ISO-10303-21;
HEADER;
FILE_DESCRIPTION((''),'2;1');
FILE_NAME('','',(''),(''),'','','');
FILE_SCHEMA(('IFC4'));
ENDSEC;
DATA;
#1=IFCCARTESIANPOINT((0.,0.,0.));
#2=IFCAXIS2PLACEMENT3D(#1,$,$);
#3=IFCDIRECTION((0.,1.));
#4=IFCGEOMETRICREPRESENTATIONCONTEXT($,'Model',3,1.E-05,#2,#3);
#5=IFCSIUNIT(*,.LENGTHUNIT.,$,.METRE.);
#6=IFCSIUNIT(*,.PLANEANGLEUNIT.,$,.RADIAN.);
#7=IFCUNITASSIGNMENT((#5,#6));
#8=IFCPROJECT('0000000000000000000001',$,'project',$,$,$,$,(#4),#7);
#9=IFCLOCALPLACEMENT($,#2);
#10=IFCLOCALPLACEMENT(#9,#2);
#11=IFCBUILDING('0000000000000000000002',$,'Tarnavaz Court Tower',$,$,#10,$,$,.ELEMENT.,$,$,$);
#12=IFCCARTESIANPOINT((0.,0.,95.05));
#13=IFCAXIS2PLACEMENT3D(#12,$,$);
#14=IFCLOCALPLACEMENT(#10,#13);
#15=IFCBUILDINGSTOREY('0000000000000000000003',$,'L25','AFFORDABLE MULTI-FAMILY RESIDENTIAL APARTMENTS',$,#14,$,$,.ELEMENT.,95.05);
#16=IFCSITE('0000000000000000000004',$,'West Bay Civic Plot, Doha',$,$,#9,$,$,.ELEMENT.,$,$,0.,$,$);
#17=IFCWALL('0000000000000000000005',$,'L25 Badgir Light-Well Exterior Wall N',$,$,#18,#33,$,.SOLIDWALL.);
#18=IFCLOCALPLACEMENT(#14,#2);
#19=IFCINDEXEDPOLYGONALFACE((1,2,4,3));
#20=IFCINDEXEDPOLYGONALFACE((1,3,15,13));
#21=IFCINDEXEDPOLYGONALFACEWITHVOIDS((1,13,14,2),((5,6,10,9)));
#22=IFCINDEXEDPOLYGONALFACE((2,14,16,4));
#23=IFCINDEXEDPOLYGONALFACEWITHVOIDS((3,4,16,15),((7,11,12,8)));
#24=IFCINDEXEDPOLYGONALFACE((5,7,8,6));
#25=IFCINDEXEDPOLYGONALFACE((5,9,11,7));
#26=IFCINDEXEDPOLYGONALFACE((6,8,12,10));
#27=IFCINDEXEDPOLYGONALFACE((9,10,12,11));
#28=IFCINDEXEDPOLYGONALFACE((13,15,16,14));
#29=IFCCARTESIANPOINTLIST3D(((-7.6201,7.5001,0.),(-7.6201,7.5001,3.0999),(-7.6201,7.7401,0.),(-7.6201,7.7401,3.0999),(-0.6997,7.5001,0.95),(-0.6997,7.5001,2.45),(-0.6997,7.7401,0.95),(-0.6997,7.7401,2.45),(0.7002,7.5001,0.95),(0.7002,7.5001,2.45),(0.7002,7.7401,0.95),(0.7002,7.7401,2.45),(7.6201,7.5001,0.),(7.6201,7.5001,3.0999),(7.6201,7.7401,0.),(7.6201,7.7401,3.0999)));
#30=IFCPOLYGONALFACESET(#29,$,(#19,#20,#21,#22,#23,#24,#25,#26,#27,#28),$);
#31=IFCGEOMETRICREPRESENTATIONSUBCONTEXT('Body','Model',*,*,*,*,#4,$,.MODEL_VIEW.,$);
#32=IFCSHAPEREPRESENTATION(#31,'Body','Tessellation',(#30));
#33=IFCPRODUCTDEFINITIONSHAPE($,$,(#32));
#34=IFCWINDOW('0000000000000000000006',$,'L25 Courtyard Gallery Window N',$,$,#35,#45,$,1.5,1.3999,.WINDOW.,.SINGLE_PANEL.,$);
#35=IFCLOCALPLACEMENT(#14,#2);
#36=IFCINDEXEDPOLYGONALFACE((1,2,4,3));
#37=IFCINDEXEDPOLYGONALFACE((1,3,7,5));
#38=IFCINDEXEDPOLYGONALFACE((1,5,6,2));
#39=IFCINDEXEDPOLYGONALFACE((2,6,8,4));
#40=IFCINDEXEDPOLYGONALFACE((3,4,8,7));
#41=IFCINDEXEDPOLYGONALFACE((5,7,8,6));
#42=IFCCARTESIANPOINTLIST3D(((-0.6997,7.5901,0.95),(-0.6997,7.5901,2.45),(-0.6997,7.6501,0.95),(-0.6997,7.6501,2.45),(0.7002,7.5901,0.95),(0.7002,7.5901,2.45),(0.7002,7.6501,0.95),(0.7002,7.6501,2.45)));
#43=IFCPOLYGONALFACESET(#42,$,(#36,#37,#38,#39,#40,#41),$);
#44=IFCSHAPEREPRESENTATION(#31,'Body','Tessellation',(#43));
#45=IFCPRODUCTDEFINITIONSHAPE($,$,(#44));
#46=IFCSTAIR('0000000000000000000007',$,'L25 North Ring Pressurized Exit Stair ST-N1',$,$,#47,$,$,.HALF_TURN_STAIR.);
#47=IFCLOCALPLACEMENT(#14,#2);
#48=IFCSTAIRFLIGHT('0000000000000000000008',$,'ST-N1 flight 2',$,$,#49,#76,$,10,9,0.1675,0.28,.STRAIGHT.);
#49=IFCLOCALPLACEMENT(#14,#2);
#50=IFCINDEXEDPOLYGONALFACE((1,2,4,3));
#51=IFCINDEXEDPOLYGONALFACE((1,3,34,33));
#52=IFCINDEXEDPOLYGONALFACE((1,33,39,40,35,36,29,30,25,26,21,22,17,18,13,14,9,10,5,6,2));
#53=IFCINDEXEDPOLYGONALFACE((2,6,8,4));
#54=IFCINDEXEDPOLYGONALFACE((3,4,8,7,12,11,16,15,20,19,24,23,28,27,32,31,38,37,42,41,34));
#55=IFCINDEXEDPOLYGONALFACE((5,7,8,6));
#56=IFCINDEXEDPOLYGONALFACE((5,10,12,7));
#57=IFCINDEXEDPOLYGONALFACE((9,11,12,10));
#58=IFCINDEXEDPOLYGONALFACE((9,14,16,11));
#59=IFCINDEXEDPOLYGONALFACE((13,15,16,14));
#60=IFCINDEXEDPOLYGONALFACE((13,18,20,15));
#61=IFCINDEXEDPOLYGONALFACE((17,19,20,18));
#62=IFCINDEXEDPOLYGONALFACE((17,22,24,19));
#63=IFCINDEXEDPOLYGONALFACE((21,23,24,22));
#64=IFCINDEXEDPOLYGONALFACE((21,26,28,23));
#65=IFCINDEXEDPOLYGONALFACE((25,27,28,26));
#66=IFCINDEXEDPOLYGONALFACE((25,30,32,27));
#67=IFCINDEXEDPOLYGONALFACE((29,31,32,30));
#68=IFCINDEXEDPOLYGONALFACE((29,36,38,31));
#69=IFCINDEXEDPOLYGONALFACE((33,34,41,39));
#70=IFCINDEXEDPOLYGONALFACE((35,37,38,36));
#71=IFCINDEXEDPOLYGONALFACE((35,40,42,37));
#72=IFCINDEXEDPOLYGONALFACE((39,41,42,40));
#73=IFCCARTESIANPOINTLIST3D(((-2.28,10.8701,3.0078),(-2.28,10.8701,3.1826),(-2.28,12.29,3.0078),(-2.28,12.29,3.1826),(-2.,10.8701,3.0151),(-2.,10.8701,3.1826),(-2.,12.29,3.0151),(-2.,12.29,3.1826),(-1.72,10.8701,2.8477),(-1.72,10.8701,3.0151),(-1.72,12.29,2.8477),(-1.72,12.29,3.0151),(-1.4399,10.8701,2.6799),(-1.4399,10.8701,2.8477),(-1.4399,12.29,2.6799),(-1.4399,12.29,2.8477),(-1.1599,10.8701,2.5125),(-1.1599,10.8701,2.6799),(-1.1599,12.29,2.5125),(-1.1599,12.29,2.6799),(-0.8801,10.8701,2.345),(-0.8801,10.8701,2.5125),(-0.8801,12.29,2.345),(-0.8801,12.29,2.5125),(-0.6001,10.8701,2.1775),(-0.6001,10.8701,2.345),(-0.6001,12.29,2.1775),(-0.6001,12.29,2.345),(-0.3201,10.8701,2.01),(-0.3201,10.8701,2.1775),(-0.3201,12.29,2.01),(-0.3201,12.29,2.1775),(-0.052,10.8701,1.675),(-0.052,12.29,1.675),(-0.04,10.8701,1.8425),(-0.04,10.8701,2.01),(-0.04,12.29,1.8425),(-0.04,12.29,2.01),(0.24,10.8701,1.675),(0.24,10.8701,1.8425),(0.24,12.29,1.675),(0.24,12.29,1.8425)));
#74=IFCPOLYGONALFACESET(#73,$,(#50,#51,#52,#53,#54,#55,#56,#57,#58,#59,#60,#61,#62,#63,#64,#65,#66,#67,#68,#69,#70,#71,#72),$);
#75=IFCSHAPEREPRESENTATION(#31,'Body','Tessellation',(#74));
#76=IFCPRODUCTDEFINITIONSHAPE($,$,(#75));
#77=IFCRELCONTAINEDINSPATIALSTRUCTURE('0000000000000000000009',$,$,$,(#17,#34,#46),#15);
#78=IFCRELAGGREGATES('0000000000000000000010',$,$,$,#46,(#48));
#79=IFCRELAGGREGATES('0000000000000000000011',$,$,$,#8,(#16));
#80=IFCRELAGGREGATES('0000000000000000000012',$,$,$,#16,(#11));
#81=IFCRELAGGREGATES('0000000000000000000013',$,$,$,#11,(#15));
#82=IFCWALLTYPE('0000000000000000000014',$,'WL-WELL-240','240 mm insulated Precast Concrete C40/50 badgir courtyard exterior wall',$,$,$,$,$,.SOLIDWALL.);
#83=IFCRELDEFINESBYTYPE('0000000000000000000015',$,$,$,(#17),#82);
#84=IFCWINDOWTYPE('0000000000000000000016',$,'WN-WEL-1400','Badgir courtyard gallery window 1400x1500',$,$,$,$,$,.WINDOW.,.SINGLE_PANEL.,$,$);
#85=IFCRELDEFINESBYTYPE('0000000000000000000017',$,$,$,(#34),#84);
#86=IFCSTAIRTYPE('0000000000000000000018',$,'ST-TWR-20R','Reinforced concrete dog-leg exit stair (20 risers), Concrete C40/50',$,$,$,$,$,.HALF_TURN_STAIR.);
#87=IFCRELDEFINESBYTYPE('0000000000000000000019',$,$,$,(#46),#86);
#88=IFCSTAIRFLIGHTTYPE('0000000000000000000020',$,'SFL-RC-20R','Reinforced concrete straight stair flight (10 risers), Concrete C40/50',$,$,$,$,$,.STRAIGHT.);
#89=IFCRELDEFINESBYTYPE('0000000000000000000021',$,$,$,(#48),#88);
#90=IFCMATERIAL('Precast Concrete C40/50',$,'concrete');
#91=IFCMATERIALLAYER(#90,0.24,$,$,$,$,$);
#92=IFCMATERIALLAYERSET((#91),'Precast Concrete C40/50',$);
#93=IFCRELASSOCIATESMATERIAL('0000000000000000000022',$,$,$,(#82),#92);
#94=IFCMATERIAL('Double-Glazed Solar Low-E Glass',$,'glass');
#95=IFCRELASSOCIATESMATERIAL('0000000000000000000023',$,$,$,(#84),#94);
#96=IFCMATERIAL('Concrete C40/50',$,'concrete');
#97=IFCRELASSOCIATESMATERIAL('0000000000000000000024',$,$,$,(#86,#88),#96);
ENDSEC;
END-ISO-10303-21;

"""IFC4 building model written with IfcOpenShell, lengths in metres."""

from ifc_helpers import new_model, si_unit, direction, frame, frame_2d, origin, place, context, subcontext, project, spatial, polyline, rectangle, outline, extrude, material, layer, layer_set, type_object, element, fill, aggregate, save


model = new_model("IFC4")

# Units and contexts
model_context = context("Model", 3, precision=1e-05, world=origin(), true_north=direction((0.0, 1.0)))
body_context = subcontext(model_context, "Body", "Model", "MODEL_VIEW")
ifc_project = project(units=[si_unit("LENGTHUNIT", "METRE"), si_unit("PLANEANGLEUNIT", "RADIAN")], contexts=[model_context])

# Site, building, storey
site_placement = place(None, origin())
site = spatial("IfcSite", under=ifc_project, at=site_placement, Name="West Bay Civic Plot, Doha", CompositionType="ELEMENT", RefElevation=0.0)
building_placement = place(site_placement, origin())
building = spatial("IfcBuilding", under=site, at=building_placement, Name="Tarnavaz Court Tower", CompositionType="ELEMENT")
storey_placement = place(building_placement, frame((0.0, 0.0, 95.05)))
storey = spatial("IfcBuildingStorey", under=building, at=storey_placement, Name="L25", Description="AFFORDABLE MULTI-FAMILY RESIDENTIAL APARTMENTS", CompositionType="ELEMENT", Elevation=95.05)

# Wall, opening, window
ifc_material_1 = material(Name="Precast Concrete C40/50", Category="concrete")
ifc_layer_1 = layer(ifc_material_1, 0.24)
ifc_layer_set_1 = layer_set([ifc_layer_1], Name="Precast Concrete C40/50")
wall_type_1 = type_object("IfcWallType", Name="WL-WELL-240", Description="240 mm insulated Precast Concrete C40/50 badgir courtyard exterior wall", PredefinedType="SOLIDWALL", material=ifc_layer_set_1)
wall_1_placement = place(storey_placement, frame((7.6201, 7.6201, 0.0), z_axis=(0.0, 0.0, 1.0), x_axis=(-1.0, 0.0, 0.0)))
wall_1 = element("IfcWall", 1, at=wall_1_placement, inside=storey, type_object=wall_type_1, Name="L25 Badgir Light-Well Exterior Wall N", PredefinedType="SOLIDWALL", context=body_context, shape_type="SweptSolid", body=[
    extrude(rectangle(XDim=15.2402, YDim=0.24, at=frame_2d((7.6201, 0.0))), origin(), (0.0, 0.0, 1.0), 3.0999),
])
opening_1_placement = place(wall_1_placement, frame((6.9199, 0.0, 0.95)))
opening_1 = element("IfcOpeningElement", 2, at=opening_1_placement, cuts=wall_1, PredefinedType="OPENING", context=body_context, shape_type="SweptSolid", body=[
    extrude(rectangle(XDim=1.3999, YDim=1.5, at=frame_2d((0.7, 0.75))), frame((0.0, 0.1299, 0.0), z_axis=(0.0, -1.0, 0.0), x_axis=(1.0, 0.0, 0.0)), (0.0, 0.0, 1.0), 0.26),
])
ifc_material_2 = material(Name="Double-Glazed Solar Low-E Glass", Category="glass")
window_type = type_object("IfcWindowType", Name="WN-WEL-1400", Description="Badgir courtyard gallery window 1400x1500", PartitioningType="SINGLE_PANEL", PredefinedType="WINDOW", material=ifc_material_2)
window_placement = place(opening_1_placement, origin())
window = element("IfcWindow", 3, at=window_placement, inside=storey, type_object=window_type, Name="L25 Courtyard Gallery Window N", OverallHeight=1.5, OverallWidth=1.3999, PartitioningType="SINGLE_PANEL", PredefinedType="WINDOW", context=body_context, shape_type="SweptSolid", body=[
    extrude(rectangle(XDim=1.3999, YDim=1.5, at=frame_2d((0.7, 0.75))), frame((0.0, 0.03, 0.0), z_axis=(0.0, -1.0, 0.0), x_axis=(1.0, 0.0, 0.0)), (0.0, 0.0, 1.0), 0.0601),
])
fill(opening_1, window)

# Stair, stair flight
ifc_material_3 = material(Name="Concrete C40/50", Category="concrete")
stair_type = type_object("IfcStairType", Name="ST-TWR-20R", Description="Reinforced concrete dog-leg exit stair (20 risers), Concrete C40/50", PredefinedType="HALF_TURN_STAIR", material=ifc_material_3)
stair_placement = place(storey_placement, origin())
stair = element("IfcStair", 4, at=stair_placement, inside=storey, type_object=stair_type, Name="L25 North Ring Pressurized Exit Stair ST-N1", PredefinedType="HALF_TURN_STAIR")
stair_flight_type = type_object("IfcStairFlightType", Name="SFL-RC-20R", Description="Reinforced concrete straight stair flight (10 risers), Concrete C40/50", PredefinedType="STRAIGHT", material=ifc_material_3)
stair_flight_placement = place(storey_placement, frame((0.24, 11.5801, 1.675), z_axis=(0.0, 0.0, 1.0), x_axis=(-1.0, 0.0, 0.0)))
stair_flight = element("IfcStairFlight", 5, at=stair_flight_placement, type_object=stair_flight_type, Name="ST-N1 flight 2", NumberOfRisers=10, NumberOfTreads=9, PredefinedType="STRAIGHT", RiserHeight=0.1675, TreadLength=0.28, context=body_context, shape_type="SweptSolid", body=[
    extrude(outline(polyline([(0.0, 0.0), (0.0, 0.1675), (0.28, 0.1675), (0.28, 0.335), (0.5601, 0.335), (0.5601, 0.5024), (0.8401, 0.5024), (0.8401, 0.6699), (1.1201, 0.6699), (1.1201, 0.8374), (1.3999, 0.8374), (1.3999, 1.0049), (1.6799, 1.0049), (1.6799, 1.1726), (1.96, 1.1726), (1.96, 1.3401), (2.24, 1.3401), (2.24, 1.5076), (2.52, 1.5076), (2.52, 1.675), (2.52, 1.3328), (0.292, 0.0), (0.0, 0.0)])), frame((0.0, 0.71, 0.0), z_axis=(0.0, -1.0, 0.0), x_axis=(1.0, 0.0, 0.0)), (0.0, 0.0, 1.0), 1.4199),
])
aggregate(stair, [stair_flight])

save(model, "model.ifc")
